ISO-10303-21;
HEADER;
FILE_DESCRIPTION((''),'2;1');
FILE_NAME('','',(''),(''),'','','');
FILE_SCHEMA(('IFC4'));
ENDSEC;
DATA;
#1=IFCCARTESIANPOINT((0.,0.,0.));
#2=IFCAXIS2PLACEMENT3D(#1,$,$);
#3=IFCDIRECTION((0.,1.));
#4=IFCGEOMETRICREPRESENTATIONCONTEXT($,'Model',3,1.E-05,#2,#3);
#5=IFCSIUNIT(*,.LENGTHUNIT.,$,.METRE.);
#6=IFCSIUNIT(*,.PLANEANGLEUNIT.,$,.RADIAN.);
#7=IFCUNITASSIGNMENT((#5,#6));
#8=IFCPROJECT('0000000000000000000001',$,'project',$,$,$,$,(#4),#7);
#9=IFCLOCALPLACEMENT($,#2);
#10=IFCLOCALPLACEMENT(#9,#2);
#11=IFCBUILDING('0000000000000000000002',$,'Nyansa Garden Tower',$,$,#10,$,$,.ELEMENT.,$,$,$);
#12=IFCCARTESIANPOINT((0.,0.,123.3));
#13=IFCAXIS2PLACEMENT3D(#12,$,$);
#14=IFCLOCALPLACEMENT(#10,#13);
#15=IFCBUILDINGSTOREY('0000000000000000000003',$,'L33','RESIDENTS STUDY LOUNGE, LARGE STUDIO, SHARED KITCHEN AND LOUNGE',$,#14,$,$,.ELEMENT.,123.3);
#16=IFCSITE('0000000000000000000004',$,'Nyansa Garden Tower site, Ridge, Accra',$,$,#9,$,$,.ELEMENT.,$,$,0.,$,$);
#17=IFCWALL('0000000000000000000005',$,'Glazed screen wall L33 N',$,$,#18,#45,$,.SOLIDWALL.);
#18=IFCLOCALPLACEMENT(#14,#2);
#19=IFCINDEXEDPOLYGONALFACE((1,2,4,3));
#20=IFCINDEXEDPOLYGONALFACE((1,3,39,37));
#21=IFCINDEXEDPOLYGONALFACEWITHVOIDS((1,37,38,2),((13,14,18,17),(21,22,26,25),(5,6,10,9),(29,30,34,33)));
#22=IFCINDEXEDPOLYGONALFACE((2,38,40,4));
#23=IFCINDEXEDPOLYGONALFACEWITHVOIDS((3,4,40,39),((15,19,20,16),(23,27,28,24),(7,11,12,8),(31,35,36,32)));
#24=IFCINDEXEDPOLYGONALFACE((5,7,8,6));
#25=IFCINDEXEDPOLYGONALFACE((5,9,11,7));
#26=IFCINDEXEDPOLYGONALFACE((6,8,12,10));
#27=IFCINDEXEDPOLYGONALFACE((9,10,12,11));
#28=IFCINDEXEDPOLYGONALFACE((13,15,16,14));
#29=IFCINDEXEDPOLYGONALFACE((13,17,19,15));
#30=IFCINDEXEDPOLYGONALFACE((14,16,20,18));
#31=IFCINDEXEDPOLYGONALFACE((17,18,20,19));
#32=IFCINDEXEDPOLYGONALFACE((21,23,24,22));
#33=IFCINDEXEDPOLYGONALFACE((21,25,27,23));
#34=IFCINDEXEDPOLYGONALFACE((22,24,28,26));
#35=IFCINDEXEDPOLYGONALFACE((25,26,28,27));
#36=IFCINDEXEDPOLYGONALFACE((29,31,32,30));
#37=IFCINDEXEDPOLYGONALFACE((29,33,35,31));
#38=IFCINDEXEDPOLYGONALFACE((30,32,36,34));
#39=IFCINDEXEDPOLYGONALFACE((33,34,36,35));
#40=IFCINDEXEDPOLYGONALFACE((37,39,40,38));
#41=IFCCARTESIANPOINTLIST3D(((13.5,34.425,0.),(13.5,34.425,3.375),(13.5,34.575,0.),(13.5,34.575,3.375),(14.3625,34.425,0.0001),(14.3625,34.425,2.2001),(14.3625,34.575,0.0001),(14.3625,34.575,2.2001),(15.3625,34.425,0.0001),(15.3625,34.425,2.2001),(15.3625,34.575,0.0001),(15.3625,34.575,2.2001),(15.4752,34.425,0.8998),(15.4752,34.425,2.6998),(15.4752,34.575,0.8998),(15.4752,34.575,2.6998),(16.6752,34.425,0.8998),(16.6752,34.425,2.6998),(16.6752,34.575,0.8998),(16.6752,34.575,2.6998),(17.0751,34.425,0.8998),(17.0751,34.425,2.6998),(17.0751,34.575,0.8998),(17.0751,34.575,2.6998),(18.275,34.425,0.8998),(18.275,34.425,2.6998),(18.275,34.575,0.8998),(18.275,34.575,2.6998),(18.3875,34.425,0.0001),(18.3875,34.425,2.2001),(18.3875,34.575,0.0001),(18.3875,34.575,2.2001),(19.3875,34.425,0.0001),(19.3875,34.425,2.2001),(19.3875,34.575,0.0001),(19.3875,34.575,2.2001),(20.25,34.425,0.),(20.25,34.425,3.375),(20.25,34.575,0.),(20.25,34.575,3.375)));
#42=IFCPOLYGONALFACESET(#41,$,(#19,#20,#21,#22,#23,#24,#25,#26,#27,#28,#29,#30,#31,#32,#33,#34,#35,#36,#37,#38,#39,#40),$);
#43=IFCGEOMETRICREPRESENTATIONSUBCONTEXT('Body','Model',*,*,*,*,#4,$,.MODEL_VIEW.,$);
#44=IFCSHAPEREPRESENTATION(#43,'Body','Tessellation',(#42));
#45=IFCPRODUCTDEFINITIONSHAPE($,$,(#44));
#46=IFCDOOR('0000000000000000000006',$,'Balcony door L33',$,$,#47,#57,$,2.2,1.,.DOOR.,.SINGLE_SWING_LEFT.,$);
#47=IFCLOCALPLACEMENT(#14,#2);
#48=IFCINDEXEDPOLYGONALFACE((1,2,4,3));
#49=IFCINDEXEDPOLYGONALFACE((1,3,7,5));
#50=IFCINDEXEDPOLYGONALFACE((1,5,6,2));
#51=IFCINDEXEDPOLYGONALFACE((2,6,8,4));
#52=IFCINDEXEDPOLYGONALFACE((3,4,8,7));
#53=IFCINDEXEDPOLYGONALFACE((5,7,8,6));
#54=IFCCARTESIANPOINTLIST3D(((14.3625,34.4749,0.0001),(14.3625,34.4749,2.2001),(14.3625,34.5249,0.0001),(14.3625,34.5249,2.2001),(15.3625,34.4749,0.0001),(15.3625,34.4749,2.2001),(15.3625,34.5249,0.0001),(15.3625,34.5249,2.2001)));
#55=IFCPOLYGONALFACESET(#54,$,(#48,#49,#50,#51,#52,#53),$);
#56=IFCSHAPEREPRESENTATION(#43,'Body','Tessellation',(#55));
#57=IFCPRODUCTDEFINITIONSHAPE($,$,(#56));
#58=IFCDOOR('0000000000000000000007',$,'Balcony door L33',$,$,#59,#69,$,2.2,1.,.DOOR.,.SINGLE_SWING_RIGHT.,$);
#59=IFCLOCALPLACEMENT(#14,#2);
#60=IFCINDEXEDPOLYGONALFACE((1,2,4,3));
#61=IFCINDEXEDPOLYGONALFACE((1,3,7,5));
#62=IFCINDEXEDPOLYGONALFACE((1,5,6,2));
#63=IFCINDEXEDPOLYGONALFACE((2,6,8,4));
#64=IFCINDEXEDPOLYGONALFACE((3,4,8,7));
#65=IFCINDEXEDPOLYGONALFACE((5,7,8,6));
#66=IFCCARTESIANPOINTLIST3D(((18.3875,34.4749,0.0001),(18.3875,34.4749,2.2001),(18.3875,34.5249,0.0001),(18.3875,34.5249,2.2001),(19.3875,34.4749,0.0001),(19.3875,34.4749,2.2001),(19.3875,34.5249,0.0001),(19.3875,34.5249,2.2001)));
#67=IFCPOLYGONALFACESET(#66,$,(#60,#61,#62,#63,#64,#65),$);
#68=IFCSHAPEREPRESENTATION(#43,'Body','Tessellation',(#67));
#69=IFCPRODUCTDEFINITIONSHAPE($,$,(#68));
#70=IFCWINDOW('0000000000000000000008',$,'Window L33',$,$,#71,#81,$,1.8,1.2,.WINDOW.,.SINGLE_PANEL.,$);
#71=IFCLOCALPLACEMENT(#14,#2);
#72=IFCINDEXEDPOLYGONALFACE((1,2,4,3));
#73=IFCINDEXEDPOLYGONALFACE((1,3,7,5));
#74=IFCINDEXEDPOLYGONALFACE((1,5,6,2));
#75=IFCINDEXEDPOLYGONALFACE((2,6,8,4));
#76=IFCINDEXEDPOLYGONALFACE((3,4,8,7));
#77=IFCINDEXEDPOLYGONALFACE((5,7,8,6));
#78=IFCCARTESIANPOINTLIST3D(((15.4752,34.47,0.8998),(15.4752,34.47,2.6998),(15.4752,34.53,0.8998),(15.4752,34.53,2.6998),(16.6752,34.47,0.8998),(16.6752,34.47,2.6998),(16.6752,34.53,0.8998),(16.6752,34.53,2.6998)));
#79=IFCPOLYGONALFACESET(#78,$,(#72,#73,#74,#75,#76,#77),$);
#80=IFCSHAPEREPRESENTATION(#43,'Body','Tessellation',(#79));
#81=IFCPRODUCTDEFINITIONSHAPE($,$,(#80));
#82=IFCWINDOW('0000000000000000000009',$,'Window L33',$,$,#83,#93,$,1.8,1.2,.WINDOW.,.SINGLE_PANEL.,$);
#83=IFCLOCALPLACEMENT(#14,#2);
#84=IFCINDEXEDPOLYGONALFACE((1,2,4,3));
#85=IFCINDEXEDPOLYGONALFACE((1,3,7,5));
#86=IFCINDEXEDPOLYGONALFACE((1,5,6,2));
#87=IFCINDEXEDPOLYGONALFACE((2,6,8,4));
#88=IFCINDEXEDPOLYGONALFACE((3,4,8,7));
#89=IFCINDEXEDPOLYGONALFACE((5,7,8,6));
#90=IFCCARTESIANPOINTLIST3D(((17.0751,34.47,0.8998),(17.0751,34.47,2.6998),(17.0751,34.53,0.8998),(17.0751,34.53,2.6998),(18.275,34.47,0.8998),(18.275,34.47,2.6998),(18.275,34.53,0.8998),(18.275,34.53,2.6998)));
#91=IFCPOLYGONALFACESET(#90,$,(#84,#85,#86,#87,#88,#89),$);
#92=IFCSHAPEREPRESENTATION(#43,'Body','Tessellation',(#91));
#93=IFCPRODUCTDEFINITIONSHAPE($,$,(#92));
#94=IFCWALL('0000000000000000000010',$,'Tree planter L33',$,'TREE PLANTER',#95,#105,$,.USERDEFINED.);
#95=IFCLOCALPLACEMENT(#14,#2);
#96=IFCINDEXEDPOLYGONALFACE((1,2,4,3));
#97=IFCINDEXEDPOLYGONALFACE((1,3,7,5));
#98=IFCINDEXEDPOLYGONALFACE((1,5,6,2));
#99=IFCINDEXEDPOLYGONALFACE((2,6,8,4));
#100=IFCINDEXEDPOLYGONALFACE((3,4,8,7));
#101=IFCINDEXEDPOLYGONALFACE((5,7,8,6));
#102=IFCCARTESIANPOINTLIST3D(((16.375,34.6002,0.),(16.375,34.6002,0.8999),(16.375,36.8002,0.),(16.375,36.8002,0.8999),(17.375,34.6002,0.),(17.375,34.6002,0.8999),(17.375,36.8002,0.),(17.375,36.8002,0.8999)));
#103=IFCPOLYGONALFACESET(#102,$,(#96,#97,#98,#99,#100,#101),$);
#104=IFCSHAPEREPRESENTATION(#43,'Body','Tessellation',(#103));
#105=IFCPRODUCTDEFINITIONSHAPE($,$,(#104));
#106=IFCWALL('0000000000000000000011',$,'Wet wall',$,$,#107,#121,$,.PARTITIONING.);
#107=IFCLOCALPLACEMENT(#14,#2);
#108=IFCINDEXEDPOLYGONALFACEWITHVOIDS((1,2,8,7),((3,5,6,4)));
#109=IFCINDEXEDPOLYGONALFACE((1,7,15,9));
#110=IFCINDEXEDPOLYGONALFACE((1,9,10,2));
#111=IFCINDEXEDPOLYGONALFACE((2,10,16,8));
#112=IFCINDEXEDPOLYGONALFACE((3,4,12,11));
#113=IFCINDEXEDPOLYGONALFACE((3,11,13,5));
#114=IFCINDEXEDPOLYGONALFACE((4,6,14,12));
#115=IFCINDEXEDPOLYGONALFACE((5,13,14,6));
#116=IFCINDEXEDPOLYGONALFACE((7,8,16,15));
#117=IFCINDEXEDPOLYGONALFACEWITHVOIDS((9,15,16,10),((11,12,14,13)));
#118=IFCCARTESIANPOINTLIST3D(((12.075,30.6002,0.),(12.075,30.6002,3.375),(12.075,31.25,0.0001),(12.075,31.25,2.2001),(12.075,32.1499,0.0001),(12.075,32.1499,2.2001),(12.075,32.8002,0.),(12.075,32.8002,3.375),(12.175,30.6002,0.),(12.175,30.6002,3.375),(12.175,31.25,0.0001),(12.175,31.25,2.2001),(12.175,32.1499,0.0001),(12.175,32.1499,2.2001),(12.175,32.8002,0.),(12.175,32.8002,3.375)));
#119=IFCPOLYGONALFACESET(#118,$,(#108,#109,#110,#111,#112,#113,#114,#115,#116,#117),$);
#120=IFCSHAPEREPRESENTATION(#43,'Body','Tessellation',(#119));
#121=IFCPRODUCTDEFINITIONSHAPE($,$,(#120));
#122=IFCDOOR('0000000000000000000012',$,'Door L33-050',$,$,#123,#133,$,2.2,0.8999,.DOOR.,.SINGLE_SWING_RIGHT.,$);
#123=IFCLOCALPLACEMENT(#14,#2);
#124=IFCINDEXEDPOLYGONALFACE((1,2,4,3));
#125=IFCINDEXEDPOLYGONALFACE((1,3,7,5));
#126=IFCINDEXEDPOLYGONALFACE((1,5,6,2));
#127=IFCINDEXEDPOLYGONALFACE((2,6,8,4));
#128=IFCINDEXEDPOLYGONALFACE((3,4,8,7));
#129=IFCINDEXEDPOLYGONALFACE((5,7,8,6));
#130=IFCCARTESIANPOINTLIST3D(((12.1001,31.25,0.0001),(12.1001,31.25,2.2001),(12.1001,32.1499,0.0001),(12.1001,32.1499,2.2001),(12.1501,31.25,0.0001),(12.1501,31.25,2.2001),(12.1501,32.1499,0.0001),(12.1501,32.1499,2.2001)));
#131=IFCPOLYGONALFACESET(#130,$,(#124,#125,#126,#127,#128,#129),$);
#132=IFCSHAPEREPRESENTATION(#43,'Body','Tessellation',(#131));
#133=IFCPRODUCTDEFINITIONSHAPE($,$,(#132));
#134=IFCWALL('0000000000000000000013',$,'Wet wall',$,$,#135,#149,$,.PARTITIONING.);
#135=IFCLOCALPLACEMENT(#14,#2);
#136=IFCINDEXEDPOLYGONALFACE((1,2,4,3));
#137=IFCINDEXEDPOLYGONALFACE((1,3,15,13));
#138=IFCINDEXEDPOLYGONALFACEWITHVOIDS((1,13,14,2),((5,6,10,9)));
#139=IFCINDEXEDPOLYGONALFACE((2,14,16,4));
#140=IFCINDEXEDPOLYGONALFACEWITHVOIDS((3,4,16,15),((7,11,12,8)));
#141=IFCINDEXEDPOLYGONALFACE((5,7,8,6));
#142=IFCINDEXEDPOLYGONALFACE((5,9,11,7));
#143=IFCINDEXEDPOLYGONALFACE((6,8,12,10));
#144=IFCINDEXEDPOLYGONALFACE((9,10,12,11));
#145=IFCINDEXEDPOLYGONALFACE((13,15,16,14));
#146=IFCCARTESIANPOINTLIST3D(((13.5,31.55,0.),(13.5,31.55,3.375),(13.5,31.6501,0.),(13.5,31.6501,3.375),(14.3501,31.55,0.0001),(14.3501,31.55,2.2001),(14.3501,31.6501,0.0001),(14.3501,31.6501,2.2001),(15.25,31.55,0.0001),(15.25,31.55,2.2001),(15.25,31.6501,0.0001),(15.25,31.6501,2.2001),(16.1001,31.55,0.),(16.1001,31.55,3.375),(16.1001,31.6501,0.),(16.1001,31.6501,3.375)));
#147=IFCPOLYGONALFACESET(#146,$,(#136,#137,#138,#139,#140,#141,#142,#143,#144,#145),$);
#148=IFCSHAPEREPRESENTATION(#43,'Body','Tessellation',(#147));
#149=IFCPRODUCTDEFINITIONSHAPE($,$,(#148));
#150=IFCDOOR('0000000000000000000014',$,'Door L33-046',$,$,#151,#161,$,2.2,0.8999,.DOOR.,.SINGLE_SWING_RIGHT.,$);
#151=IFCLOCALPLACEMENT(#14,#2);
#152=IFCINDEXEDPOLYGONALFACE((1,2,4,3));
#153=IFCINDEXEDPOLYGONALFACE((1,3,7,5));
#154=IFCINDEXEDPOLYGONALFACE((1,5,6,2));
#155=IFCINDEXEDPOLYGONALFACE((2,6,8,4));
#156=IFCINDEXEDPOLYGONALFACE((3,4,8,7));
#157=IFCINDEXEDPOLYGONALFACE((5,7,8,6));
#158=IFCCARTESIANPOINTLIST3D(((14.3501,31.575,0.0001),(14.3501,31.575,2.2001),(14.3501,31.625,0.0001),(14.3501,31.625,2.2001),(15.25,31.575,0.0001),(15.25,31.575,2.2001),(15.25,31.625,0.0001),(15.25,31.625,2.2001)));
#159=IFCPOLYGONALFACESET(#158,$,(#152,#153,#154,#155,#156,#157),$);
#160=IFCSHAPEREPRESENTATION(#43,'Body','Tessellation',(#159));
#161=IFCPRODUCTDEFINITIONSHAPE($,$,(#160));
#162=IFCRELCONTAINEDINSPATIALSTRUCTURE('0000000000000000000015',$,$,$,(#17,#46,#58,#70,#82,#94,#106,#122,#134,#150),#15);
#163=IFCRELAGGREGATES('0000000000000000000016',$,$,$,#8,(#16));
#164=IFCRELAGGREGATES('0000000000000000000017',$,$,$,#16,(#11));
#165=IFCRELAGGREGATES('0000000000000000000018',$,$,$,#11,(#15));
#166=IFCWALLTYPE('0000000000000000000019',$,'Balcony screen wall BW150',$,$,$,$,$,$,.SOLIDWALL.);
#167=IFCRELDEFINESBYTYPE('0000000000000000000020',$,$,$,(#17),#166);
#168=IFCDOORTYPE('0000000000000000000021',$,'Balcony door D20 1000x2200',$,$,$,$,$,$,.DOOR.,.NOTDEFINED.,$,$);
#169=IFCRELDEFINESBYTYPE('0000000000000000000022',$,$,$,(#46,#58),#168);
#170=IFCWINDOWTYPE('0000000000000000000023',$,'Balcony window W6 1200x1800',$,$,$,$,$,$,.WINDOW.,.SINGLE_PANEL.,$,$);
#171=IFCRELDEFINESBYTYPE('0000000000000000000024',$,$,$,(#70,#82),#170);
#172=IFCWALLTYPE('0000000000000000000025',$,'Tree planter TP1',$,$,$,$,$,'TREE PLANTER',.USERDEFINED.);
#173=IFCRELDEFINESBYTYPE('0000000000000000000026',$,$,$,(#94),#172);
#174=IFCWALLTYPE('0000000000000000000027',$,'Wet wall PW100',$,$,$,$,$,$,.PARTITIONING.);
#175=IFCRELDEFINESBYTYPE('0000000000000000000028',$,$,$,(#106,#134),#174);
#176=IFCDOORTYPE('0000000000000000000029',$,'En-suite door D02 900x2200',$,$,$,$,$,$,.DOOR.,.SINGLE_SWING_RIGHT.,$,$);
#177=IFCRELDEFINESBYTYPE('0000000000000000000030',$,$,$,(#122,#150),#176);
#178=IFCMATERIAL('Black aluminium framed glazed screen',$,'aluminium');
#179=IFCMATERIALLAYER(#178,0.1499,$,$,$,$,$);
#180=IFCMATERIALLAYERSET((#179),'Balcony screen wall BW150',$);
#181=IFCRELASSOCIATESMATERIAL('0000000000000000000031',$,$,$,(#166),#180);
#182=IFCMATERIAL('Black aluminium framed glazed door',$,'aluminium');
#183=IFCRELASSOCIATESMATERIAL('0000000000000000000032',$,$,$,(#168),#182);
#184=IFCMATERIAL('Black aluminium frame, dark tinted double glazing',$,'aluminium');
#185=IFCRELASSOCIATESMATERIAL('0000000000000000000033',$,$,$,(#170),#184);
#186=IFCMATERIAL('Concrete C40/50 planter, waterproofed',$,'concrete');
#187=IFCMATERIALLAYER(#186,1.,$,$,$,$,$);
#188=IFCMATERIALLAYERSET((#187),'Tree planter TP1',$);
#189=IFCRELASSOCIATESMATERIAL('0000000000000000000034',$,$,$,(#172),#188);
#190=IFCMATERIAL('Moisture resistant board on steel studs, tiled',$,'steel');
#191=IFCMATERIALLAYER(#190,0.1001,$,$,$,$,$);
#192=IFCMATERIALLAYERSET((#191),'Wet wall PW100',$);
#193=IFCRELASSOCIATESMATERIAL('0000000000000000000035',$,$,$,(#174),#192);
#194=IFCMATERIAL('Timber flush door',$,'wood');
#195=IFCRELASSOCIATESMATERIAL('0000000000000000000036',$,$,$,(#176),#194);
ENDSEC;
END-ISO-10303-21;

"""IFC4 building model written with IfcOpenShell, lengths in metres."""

from ifc_helpers import new_model, si_unit, direction, frame, frame_2d, origin, place, context, subcontext, project, spatial, rectangle, extrude, material, layer, layer_set, type_object, element, fill, save


model = new_model("IFC4")

# Units and contexts
model_context = context("Model", 3, precision=1e-05, world=origin(), true_north=direction((0.0, 1.0)))
body_context = subcontext(model_context, "Body", "Model", "MODEL_VIEW")
ifc_project = project(units=[si_unit("LENGTHUNIT", "METRE"), si_unit("PLANEANGLEUNIT", "RADIAN")], contexts=[model_context])

# Site, building, storey
site_placement = place(None, origin())
site = spatial("IfcSite", under=ifc_project, at=site_placement, Name="Nyansa Garden Tower site, Ridge, Accra", CompositionType="ELEMENT", RefElevation=0.0)
building_placement = place(site_placement, origin())
building = spatial("IfcBuilding", under=site, at=building_placement, Name="Nyansa Garden Tower", CompositionType="ELEMENT")
storey_placement = place(building_placement, frame((0.0, 0.0, 123.3)))
storey = spatial("IfcBuildingStorey", under=building, at=storey_placement, Name="L33", Description="RESIDENTS STUDY LOUNGE, LARGE STUDIO, SHARED KITCHEN AND LOUNGE", CompositionType="ELEMENT", Elevation=123.3)

# Wall, openings, doors, windows
ifc_material_1 = material(Name="Black aluminium framed glazed screen", Category="aluminium")
ifc_layer_1 = layer(ifc_material_1, 0.1499)
ifc_layer_set_1 = layer_set([ifc_layer_1], Name="Balcony screen wall BW150")
wall_type_1 = type_object("IfcWallType", Name="Balcony screen wall BW150", PredefinedType="SOLIDWALL", material=ifc_layer_set_1)
wall_1_placement = place(storey_placement, frame((13.5, 34.5, 0.0), z_axis=(0.0, 0.0, 1.0), x_axis=(1.0, 0.0, 0.0)))
wall_1 = element("IfcWall", 1, at=wall_1_placement, inside=storey, type_object=wall_type_1, Name="Glazed screen wall L33 N", PredefinedType="SOLIDWALL", context=body_context, shape_type="SweptSolid", body=[
    extrude(rectangle(XDim=6.75, YDim=0.1499, at=frame_2d((3.375, 0.0))), origin(), (0.0, 0.0, 1.0), 3.375),
])
opening_1_placement = place(wall_1_placement, frame((0.8625, 0.0, 0.0)))
opening_1 = element("IfcOpeningElement", 2, at=opening_1_placement, cuts=wall_1, PredefinedType="OPENING", context=body_context, shape_type="SweptSolid", body=[
    extrude(rectangle(XDim=1.0, YDim=2.2, at=frame_2d((0.5, 1.1001))), frame((0.0, 0.085, 0.0), z_axis=(0.0, -1.0, 0.0), x_axis=(1.0, 0.0, 0.0)), (0.0, 0.0, 1.0), 0.1699),
])
opening_2_placement = place(wall_1_placement, frame((1.9751, 0.0, 0.8999)))
opening_2 = element("IfcOpeningElement", 3, at=opening_2_placement, cuts=wall_1, PredefinedType="OPENING", context=body_context, shape_type="SweptSolid", body=[
    extrude(rectangle(XDim=1.2, YDim=1.8, at=frame_2d((0.6001, 0.8999))), frame((0.0, 0.085, 0.0), z_axis=(0.0, -1.0, 0.0), x_axis=(1.0, 0.0, 0.0)), (0.0, 0.0, 1.0), 0.1699),
])
opening_3_placement = place(wall_1_placement, frame((4.8875, 0.0, 0.0)))
opening_3 = element("IfcOpeningElement", 4, at=opening_3_placement, cuts=wall_1, PredefinedType="OPENING", context=body_context, shape_type="SweptSolid", body=[
    extrude(rectangle(XDim=1.0, YDim=2.2, at=frame_2d((0.5, 1.1001))), frame((0.0, 0.085, 0.0), z_axis=(0.0, -1.0, 0.0), x_axis=(1.0, 0.0, 0.0)), (0.0, 0.0, 1.0), 0.1699),
])
opening_4_placement = place(wall_1_placement, frame((3.575, 0.0, 0.8999)))
opening_4 = element("IfcOpeningElement", 5, at=opening_4_placement, cuts=wall_1, PredefinedType="OPENING", context=body_context, shape_type="SweptSolid", body=[
    extrude(rectangle(XDim=1.2, YDim=1.8, at=frame_2d((0.6001, 0.8999))), frame((0.0, 0.085, 0.0), z_axis=(0.0, -1.0, 0.0), x_axis=(1.0, 0.0, 0.0)), (0.0, 0.0, 1.0), 0.1699),
])
ifc_material_2 = material(Name="Black aluminium framed glazed door", Category="aluminium")
door_type_1 = type_object("IfcDoorType", Name="Balcony door D20 1000x2200", OperationType="NOTDEFINED", PredefinedType="DOOR", material=ifc_material_2)
door_1_placement = place(opening_1_placement, origin())
door_1 = element("IfcDoor", 6, at=door_1_placement, inside=storey, type_object=door_type_1, Name="Balcony door L33", OperationType="SINGLE_SWING_LEFT", OverallHeight=2.2, OverallWidth=1.0, PredefinedType="DOOR", context=body_context, shape_type="SweptSolid", body=[
    extrude(rectangle(XDim=1.0, YDim=2.2, at=frame_2d((0.5, 1.1001))), frame((0.0, 0.0249, 0.0), z_axis=(0.0, -1.0, 0.0), x_axis=(1.0, 0.0, 0.0)), (0.0, 0.0, 1.0), 0.05),
])
fill(opening_1, door_1)
door_2_placement = place(opening_3_placement, origin())
door_2 = element("IfcDoor", 7, at=door_2_placement, inside=storey, type_object=door_type_1, Name="Balcony door L33", OperationType="SINGLE_SWING_RIGHT", OverallHeight=2.2, OverallWidth=1.0, PredefinedType="DOOR", context=body_context, shape_type="SweptSolid", body=[
    extrude(rectangle(XDim=1.0, YDim=2.2, at=frame_2d((0.5, 1.1001))), frame((0.0, 0.0249, 0.0), z_axis=(0.0, -1.0, 0.0), x_axis=(1.0, 0.0, 0.0)), (0.0, 0.0, 1.0), 0.05),
])
fill(opening_3, door_2)
ifc_material_3 = material(Name="Black aluminium frame, dark tinted double glazing", Category="aluminium")
window_type = type_object("IfcWindowType", Name="Balcony window W6 1200x1800", PartitioningType="SINGLE_PANEL", PredefinedType="WINDOW", material=ifc_material_3)
window_1_placement = place(opening_2_placement, origin())
window_1 = element("IfcWindow", 8, at=window_1_placement, inside=storey, type_object=window_type, Name="Window L33", OverallHeight=1.8, OverallWidth=1.2, PartitioningType="SINGLE_PANEL", PredefinedType="WINDOW", context=body_context, shape_type="SweptSolid", body=[
    extrude(rectangle(XDim=1.2, YDim=1.8, at=frame_2d((0.6001, 0.8999))), frame((0.0, 0.03, 0.0), z_axis=(0.0, -1.0, 0.0), x_axis=(1.0, 0.0, 0.0)), (0.0, 0.0, 1.0), 0.0601),
])
fill(opening_2, window_1)
window_2_placement = place(opening_4_placement, origin())
window_2 = element("IfcWindow", 9, at=window_2_placement, inside=storey, type_object=window_type, Name="Window L33", OverallHeight=1.8, OverallWidth=1.2, PartitioningType="SINGLE_PANEL", PredefinedType="WINDOW", context=body_context, shape_type="SweptSolid", body=[
    extrude(rectangle(XDim=1.2, YDim=1.8, at=frame_2d((0.6001, 0.8999))), frame((0.0, 0.03, 0.0), z_axis=(0.0, -1.0, 0.0), x_axis=(1.0, 0.0, 0.0)), (0.0, 0.0, 1.0), 0.0601),
])
fill(opening_4, window_2)

# Wall
ifc_material_4 = material(Name="Concrete C40/50 planter, waterproofed", Category="concrete")
ifc_layer_2 = layer(ifc_material_4, 1.0)
ifc_layer_set_2 = layer_set([ifc_layer_2], Name="Tree planter TP1")
wall_type_2 = type_object("IfcWallType", Name="Tree planter TP1", ElementType="TREE PLANTER", PredefinedType="USERDEFINED", material=ifc_layer_set_2)
wall_2_placement = place(storey_placement, frame((16.875, 34.6001, 0.0), z_axis=(0.0, 0.0, 1.0), x_axis=(0.0, 1.0, 0.0)))
element("IfcWall", 10, at=wall_2_placement, inside=storey, type_object=wall_type_2, Name="Tree planter L33", ObjectType="TREE PLANTER", PredefinedType="USERDEFINED", context=body_context, shape_type="SweptSolid", body=[
    extrude(rectangle(XDim=2.2, YDim=1.0, at=frame_2d((1.1001, 0.0))), origin(), (0.0, 0.0, 1.0), 0.8999),
])

# Walls, openings, doors
ifc_material_5 = material(Name="Moisture resistant board on steel studs, tiled", Category="steel")
ifc_layer_3 = layer(ifc_material_5, 0.1001)
ifc_layer_set_3 = layer_set([ifc_layer_3], Name="Wet wall PW100")
wall_type_3 = type_object("IfcWallType", Name="Wet wall PW100", PredefinedType="PARTITIONING", material=ifc_layer_set_3)
wall_3_placement = place(storey_placement, frame((12.125, 30.6001, 0.0), z_axis=(0.0, 0.0, 1.0), x_axis=(0.0, 1.0, 0.0)))
wall_3 = element("IfcWall", 11, at=wall_3_placement, inside=storey, type_object=wall_type_3, Name="Wet wall", PredefinedType="PARTITIONING", context=body_context, shape_type="SweptSolid", body=[
    extrude(rectangle(XDim=2.2, YDim=0.1001, at=frame_2d((1.1001, 0.0))), origin(), (0.0, 0.0, 1.0), 3.375),
])
opening_5_placement = place(wall_3_placement, frame((0.6499, 0.0, 0.0)))
opening_5 = element("IfcOpeningElement", 12, at=opening_5_placement, cuts=wall_3, PredefinedType="OPENING", context=body_context, shape_type="SweptSolid", body=[
    extrude(rectangle(XDim=0.8999, YDim=2.2, at=frame_2d((0.45, 1.1001))), frame((0.0, 0.0601, 0.0), z_axis=(0.0, -1.0, 0.0), x_axis=(1.0, 0.0, 0.0)), (0.0, 0.0, 1.0), 0.1201),
])
ifc_material_6 = material(Name="Timber flush door", Category="wood")
door_type_2 = type_object("IfcDoorType", Name="En-suite door D02 900x2200", OperationType="SINGLE_SWING_RIGHT", PredefinedType="DOOR", material=ifc_material_6)
door_3_placement = place(opening_5_placement, origin())
door_3 = element("IfcDoor", 13, at=door_3_placement, inside=storey, type_object=door_type_2, Name="Door L33-050", OperationType="SINGLE_SWING_RIGHT", OverallHeight=2.2, OverallWidth=0.8999, PredefinedType="DOOR", context=body_context, shape_type="SweptSolid", body=[
    extrude(rectangle(XDim=0.8999, YDim=2.2, at=frame_2d((0.45, 1.1001))), frame((0.0, 0.0249, 0.0), z_axis=(0.0, -1.0, 0.0), x_axis=(1.0, 0.0, 0.0)), (0.0, 0.0, 1.0), 0.05),
])
fill(opening_5, door_3)
wall_4_placement = place(storey_placement, frame((13.5, 31.6001, 0.0), z_axis=(0.0, 0.0, 1.0), x_axis=(1.0, 0.0, 0.0)))
wall_4 = element("IfcWall", 14, at=wall_4_placement, inside=storey, type_object=wall_type_3, Name="Wet wall", PredefinedType="PARTITIONING", context=body_context, shape_type="SweptSolid", body=[
    extrude(rectangle(XDim=2.6001, YDim=0.1001, at=frame_2d((1.3, 0.0))), origin(), (0.0, 0.0, 1.0), 3.375),
])
opening_6_placement = place(wall_4_placement, frame((0.8501, 0.0, 0.0)))
opening_6 = element("IfcOpeningElement", 15, at=opening_6_placement, cuts=wall_4, PredefinedType="OPENING", context=body_context, shape_type="SweptSolid", body=[
    extrude(rectangle(XDim=0.8999, YDim=2.2, at=frame_2d((0.45, 1.1001))), frame((0.0, 0.0601, 0.0), z_axis=(0.0, -1.0, 0.0), x_axis=(1.0, 0.0, 0.0)), (0.0, 0.0, 1.0), 0.1201),
])
door_4_placement = place(opening_6_placement, origin())
door_4 = element("IfcDoor", 16, at=door_4_placement, inside=storey, type_object=door_type_2, Name="Door L33-046", OperationType="SINGLE_SWING_RIGHT", OverallHeight=2.2, OverallWidth=0.8999, PredefinedType="DOOR", context=body_context, shape_type="SweptSolid", body=[
    extrude(rectangle(XDim=0.8999, YDim=2.2, at=frame_2d((0.45, 1.1001))), frame((0.0, 0.0249, 0.0), z_axis=(0.0, -1.0, 0.0), x_axis=(1.0, 0.0, 0.0)), (0.0, 0.0, 1.0), 0.05),
])
fill(opening_6, door_4)

save(model, "model.ifc")
